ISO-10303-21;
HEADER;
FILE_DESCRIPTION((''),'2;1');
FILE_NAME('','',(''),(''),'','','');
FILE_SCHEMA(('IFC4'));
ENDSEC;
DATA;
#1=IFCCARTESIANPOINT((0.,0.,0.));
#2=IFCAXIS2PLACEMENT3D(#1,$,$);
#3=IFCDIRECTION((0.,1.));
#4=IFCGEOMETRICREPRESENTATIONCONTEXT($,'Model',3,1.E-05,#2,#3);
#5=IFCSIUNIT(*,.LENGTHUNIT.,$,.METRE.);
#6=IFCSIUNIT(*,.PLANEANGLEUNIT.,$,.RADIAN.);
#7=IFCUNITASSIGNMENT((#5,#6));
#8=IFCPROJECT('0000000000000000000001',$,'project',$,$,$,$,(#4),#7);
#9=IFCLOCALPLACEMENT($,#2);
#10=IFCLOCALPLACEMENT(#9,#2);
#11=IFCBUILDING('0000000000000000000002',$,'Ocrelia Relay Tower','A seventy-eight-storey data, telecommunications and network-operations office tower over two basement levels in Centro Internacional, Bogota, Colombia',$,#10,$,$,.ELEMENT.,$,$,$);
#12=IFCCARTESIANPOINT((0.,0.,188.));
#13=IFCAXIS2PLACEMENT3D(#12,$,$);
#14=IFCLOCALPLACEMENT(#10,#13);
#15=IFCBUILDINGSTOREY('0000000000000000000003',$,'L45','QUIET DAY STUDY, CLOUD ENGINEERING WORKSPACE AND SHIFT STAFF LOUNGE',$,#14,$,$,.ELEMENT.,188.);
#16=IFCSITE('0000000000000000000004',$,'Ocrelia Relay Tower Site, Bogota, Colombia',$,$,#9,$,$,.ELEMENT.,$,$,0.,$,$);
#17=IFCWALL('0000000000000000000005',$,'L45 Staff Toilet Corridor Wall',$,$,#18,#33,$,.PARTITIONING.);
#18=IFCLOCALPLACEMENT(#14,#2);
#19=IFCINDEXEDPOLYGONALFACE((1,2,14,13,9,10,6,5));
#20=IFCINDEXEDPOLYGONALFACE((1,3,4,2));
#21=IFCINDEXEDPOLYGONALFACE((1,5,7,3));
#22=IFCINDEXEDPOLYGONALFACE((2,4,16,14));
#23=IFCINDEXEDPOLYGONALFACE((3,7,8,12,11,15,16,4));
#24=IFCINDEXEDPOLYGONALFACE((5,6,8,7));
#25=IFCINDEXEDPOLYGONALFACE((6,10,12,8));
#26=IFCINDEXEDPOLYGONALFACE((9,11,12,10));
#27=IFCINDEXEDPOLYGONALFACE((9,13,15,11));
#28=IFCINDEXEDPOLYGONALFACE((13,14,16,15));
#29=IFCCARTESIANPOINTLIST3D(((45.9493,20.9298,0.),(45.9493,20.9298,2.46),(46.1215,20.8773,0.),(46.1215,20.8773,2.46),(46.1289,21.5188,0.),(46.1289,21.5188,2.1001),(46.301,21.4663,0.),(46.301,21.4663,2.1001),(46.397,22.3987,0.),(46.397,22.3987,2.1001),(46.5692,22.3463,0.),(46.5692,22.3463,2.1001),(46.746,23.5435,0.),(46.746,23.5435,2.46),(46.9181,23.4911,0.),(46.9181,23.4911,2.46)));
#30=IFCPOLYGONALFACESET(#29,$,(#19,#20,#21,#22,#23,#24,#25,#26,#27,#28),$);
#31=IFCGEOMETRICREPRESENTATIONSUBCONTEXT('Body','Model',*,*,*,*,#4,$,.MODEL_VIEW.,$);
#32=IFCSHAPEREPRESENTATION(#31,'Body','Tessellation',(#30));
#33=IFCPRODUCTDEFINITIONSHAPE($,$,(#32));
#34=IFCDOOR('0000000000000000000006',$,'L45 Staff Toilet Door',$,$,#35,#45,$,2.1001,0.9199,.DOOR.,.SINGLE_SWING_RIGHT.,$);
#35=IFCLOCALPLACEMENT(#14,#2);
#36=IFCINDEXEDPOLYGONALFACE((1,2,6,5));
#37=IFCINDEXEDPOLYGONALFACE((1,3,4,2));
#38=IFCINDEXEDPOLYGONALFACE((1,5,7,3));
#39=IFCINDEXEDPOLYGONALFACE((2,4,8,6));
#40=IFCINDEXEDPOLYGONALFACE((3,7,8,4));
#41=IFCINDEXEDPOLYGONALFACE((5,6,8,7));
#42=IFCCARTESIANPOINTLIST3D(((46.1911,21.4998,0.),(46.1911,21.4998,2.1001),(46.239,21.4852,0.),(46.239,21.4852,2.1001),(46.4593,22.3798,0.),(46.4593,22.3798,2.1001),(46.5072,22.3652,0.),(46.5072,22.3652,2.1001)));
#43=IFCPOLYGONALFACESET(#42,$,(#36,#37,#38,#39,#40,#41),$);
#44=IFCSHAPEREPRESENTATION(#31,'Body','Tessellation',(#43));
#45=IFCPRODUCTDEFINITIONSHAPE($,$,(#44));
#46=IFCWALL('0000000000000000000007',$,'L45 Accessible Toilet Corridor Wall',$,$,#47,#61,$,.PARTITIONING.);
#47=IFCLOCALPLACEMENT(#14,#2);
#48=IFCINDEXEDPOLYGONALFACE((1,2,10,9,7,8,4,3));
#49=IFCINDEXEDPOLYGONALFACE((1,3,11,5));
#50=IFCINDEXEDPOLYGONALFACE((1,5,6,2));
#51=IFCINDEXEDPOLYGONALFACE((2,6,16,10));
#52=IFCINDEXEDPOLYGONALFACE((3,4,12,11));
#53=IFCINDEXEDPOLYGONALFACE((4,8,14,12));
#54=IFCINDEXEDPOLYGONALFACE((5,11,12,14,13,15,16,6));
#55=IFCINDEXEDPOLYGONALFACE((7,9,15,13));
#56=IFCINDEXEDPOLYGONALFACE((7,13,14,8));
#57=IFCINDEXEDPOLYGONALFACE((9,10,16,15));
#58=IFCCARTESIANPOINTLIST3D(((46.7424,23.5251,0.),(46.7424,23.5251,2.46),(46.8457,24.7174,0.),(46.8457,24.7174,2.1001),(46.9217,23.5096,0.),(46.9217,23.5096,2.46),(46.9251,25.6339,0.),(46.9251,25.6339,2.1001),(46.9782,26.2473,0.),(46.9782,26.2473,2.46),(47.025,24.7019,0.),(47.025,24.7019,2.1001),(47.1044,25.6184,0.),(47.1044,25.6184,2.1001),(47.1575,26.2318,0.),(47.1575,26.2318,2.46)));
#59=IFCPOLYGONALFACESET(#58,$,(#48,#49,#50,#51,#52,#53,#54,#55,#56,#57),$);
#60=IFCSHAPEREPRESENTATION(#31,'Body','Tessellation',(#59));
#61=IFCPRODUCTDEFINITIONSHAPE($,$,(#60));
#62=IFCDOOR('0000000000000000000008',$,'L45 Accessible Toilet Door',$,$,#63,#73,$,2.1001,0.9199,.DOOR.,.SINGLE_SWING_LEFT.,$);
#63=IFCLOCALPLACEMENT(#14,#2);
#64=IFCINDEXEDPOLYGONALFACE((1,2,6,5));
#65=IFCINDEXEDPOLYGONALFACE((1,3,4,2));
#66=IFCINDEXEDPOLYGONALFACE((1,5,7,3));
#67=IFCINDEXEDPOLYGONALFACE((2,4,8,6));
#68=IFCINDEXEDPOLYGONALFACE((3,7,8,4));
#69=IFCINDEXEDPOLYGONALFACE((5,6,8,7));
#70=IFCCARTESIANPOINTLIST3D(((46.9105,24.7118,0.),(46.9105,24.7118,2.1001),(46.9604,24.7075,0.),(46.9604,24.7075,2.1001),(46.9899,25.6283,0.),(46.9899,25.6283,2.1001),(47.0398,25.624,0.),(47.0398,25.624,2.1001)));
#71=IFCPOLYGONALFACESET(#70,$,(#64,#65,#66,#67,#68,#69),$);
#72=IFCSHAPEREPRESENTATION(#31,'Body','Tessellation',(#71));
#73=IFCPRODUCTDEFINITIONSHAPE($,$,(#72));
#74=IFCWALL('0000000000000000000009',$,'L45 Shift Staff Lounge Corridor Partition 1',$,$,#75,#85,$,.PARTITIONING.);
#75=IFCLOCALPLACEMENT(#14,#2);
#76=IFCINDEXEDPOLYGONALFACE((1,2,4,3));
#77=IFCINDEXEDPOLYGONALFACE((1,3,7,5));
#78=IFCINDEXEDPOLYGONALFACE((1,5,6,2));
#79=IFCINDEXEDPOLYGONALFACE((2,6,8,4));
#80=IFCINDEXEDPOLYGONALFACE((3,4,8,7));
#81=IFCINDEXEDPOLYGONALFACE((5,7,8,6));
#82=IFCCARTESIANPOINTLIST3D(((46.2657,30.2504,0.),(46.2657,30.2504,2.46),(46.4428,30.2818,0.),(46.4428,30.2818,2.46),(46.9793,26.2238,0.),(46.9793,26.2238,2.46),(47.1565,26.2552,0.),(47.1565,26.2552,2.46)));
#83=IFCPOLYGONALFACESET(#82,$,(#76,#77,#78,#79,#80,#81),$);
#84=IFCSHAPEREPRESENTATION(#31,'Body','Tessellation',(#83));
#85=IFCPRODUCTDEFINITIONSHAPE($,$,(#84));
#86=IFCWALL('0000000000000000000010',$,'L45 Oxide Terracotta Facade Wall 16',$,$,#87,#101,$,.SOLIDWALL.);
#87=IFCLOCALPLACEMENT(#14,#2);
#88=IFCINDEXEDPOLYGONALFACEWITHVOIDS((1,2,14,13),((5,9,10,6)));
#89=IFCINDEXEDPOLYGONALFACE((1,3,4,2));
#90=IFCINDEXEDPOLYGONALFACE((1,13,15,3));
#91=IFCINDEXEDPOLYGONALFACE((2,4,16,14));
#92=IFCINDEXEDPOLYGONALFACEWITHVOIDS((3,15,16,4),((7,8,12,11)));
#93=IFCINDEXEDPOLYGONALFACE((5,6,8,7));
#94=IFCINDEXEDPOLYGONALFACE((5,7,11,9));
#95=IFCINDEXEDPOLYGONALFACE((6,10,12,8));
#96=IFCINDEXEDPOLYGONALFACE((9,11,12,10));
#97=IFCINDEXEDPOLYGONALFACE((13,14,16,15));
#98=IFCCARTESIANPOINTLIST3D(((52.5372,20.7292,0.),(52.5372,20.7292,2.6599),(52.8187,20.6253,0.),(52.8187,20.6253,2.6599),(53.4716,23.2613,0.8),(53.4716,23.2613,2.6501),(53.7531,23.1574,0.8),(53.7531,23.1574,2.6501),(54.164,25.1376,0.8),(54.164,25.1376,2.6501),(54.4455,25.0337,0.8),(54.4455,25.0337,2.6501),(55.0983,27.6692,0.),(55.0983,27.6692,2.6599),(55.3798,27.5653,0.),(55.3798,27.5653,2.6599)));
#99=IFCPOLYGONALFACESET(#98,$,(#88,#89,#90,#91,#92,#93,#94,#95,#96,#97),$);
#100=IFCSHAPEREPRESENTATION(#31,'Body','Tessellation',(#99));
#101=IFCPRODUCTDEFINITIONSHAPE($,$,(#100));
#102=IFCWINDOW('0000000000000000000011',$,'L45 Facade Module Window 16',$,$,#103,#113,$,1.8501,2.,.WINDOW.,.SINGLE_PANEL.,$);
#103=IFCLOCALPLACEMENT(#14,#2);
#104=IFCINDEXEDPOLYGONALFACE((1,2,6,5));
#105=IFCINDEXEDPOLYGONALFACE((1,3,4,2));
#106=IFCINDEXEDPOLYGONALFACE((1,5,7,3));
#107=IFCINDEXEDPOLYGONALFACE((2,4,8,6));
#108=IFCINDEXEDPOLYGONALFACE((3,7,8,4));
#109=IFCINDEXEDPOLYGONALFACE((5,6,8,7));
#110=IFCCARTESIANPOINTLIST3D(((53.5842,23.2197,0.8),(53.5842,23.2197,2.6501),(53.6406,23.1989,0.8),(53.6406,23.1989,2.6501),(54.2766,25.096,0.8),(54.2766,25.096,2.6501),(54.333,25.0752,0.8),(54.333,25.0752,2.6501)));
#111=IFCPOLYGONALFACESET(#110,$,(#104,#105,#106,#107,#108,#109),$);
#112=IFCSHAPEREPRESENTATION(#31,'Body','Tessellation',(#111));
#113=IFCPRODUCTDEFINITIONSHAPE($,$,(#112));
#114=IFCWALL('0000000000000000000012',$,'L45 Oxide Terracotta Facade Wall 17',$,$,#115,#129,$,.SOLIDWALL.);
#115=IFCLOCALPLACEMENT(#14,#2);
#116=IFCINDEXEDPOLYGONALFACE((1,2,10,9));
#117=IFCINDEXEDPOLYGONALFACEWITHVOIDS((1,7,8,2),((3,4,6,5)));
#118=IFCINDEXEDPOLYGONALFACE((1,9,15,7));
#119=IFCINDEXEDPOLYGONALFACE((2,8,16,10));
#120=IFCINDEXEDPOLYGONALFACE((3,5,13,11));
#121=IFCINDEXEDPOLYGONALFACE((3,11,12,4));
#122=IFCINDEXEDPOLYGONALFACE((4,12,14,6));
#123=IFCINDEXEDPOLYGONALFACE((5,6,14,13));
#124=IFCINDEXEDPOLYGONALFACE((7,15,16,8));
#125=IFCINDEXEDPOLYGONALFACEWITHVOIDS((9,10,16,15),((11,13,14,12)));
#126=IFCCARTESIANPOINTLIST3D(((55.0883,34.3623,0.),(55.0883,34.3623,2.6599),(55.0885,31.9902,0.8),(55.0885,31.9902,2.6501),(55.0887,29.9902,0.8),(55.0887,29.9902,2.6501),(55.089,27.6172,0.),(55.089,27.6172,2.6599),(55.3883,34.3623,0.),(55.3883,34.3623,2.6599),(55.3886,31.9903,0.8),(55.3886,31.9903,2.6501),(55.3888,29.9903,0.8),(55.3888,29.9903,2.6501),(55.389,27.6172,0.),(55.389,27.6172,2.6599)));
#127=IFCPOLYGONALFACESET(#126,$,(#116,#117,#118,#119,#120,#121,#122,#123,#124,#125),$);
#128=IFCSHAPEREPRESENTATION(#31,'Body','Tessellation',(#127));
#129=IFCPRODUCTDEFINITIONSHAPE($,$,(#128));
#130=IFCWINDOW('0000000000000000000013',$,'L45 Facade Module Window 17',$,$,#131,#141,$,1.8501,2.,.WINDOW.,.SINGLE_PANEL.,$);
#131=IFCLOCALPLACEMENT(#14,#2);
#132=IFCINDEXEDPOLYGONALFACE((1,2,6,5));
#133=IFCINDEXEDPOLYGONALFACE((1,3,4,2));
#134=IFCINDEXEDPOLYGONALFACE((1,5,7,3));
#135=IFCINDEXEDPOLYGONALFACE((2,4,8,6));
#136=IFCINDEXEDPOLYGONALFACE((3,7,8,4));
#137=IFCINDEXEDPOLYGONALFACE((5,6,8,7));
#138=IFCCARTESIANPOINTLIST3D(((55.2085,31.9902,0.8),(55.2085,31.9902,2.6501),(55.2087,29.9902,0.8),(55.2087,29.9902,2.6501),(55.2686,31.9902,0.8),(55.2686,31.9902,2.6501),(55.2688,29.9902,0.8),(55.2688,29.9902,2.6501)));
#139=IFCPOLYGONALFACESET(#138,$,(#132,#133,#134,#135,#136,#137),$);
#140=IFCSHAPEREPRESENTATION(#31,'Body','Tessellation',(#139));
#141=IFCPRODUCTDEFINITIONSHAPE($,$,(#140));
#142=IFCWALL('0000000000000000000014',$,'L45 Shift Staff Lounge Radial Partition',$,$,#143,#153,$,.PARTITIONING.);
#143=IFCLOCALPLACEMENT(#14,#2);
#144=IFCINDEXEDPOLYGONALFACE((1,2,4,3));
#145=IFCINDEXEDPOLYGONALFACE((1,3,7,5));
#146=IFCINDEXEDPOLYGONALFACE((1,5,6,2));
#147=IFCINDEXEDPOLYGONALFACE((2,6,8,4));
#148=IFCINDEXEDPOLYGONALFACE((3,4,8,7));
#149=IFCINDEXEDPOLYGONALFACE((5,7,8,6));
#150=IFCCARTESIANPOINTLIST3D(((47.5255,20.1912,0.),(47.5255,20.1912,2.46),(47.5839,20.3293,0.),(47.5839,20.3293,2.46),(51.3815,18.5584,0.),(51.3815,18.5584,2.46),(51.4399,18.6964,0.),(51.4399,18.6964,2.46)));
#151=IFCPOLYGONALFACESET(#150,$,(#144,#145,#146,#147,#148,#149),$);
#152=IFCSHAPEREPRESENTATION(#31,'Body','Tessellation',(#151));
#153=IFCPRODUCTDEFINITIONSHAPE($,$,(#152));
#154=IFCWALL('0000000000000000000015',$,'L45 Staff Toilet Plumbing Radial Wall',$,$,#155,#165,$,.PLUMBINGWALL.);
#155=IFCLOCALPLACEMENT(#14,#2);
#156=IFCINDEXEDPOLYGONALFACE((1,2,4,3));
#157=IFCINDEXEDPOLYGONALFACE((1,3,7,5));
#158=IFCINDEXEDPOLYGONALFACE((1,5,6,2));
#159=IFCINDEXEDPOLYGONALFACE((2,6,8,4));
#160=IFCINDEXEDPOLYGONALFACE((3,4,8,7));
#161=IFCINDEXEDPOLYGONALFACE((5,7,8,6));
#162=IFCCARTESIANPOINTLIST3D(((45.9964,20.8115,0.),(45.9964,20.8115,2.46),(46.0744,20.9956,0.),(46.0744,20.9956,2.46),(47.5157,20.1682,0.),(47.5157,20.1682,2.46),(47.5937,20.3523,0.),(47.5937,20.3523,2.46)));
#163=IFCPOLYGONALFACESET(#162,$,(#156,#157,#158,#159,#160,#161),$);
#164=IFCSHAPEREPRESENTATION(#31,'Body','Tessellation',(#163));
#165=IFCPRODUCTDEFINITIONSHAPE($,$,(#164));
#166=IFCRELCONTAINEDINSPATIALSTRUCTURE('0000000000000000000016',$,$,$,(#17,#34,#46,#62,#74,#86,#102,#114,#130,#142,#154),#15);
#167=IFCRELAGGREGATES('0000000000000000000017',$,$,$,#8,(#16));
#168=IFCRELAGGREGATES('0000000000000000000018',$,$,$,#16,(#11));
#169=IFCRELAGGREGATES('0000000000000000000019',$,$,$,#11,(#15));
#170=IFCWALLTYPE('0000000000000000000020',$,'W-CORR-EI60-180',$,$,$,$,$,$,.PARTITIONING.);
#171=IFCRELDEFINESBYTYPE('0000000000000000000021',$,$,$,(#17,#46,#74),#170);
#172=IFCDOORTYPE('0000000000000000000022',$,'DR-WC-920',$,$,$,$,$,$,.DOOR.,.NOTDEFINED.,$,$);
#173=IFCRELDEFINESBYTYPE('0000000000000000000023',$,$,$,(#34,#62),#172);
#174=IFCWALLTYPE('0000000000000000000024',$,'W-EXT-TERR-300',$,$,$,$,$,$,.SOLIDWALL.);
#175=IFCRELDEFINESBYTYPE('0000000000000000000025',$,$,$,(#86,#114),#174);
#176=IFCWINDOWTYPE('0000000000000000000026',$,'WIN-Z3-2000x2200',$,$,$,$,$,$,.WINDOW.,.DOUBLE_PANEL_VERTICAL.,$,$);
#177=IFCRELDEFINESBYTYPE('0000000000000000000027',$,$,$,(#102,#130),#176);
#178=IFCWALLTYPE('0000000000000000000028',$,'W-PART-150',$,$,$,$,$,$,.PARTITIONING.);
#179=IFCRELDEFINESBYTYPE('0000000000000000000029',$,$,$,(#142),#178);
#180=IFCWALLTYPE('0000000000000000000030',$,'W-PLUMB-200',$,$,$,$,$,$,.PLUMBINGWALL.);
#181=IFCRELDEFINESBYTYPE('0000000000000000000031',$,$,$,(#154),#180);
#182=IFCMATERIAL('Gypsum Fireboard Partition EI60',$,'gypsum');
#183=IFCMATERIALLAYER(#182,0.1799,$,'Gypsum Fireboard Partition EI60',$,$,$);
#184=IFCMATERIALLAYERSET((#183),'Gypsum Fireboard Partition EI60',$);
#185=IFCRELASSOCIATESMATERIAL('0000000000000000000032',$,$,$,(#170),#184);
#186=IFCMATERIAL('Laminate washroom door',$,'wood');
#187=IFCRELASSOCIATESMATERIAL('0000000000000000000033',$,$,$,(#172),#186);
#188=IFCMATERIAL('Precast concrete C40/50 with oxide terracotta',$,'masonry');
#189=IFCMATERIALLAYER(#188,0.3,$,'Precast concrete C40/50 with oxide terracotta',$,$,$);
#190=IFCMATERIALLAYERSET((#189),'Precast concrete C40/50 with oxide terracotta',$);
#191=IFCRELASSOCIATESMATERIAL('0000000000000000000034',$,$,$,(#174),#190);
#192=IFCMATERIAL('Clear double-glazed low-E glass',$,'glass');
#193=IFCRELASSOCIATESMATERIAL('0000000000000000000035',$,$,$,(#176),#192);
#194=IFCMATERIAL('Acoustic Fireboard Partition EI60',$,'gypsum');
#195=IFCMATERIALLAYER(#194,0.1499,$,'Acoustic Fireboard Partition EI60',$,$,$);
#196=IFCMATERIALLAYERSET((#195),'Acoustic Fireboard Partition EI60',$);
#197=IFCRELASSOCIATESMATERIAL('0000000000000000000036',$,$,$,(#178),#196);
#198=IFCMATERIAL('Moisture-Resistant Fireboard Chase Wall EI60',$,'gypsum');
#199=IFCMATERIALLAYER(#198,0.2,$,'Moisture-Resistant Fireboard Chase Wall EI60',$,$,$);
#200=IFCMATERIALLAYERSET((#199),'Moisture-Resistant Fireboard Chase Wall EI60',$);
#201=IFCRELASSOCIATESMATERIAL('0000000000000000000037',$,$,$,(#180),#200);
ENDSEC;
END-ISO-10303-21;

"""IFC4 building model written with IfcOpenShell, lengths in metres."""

from ifc_helpers import new_model, si_unit, direction, frame, frame_2d, origin, place, context, subcontext, project, spatial, rectangle, extrude, material, layer, layer_set, type_object, element, fill, save


model = new_model("IFC4")

# Units and contexts
model_context = context("Model", 3, precision=1e-05, world=origin(), true_north=direction((0.0, 1.0)))
body_context = subcontext(model_context, "Body", "Model", "MODEL_VIEW")
ifc_project = project(units=[si_unit("LENGTHUNIT", "METRE"), si_unit("PLANEANGLEUNIT", "RADIAN")], contexts=[model_context])

# Site, building, storey
site_placement = place(None, origin())
site = spatial("IfcSite", under=ifc_project, at=site_placement, Name="Ocrelia Relay Tower Site, Bogota, Colombia", CompositionType="ELEMENT", RefElevation=0.0)
building_placement = place(site_placement, origin())
building = spatial("IfcBuilding", under=site, at=building_placement, Name="Ocrelia Relay Tower", Description="A seventy-eight-storey data, telecommunications and network-operations office tower over two basement levels in Centro Internacional, Bogota, Colombia", CompositionType="ELEMENT")
storey_placement = place(building_placement, frame((0.0, 0.0, 188.0)))
storey = spatial("IfcBuildingStorey", under=building, at=storey_placement, Name="L45", Description="QUIET DAY STUDY, CLOUD ENGINEERING WORKSPACE AND SHIFT STAFF LOUNGE", CompositionType="ELEMENT", Elevation=188.0)

# Walls, openings, doors
ifc_material_1 = material(Name="Gypsum Fireboard Partition EI60", Category="gypsum")
ifc_layer_1 = layer(ifc_material_1, 0.1799, Name="Gypsum Fireboard Partition EI60")
ifc_layer_set_1 = layer_set([ifc_layer_1], Name="Gypsum Fireboard Partition EI60")
wall_type_1 = type_object("IfcWallType", Name="W-CORR-EI60-180", PredefinedType="PARTITIONING", material=ifc_layer_set_1)
wall_1_placement = place(storey_placement, frame((46.0354, 20.9036, 0.0), z_axis=(0.0, 0.0, 1.0), x_axis=(0.291542, 0.956558, 0.0)))
wall_1 = element("IfcWall", 1, at=wall_1_placement, inside=storey, type_object=wall_type_1, Name="L45 Staff Toilet Corridor Wall", PredefinedType="PARTITIONING", context=body_context, shape_type="SweptSolid", body=[
    extrude(rectangle(XDim=2.7324, YDim=0.1799, at=frame_2d((1.3662, 0.0))), origin(), (0.0, 0.0, 1.0), 2.46),
])
opening_1_placement = place(wall_1_placement, frame((0.6157, 0.0, 0.0)))
opening_1 = element("IfcOpeningElement", 2, at=opening_1_placement, cuts=wall_1, PredefinedType="OPENING", context=body_context, shape_type="SweptSolid", body=[
    extrude(rectangle(XDim=0.9199, YDim=2.1001, at=frame_2d((0.46, 1.05))), frame((0.0, 0.1001, 0.0), z_axis=(0.0, -1.0, 0.0), x_axis=(1.0, 0.0, 0.0)), (0.0, 0.0, 1.0), 0.2),
])
ifc_material_2 = material(Name="Laminate washroom door", Category="wood")
door_type = type_object("IfcDoorType", Name="DR-WC-920", OperationType="NOTDEFINED", PredefinedType="DOOR", material=ifc_material_2)
door_1_placement = place(opening_1_placement, origin())
door_1 = element("IfcDoor", 3, at=door_1_placement, inside=storey, type_object=door_type, Name="L45 Staff Toilet Door", OperationType="SINGLE_SWING_RIGHT", OverallHeight=2.1001, OverallWidth=0.9199, PredefinedType="DOOR", context=body_context, shape_type="SweptSolid", body=[
    extrude(rectangle(XDim=0.9199, YDim=2.1001, at=frame_2d((0.46, 1.05))), frame((0.0, 0.0249, 0.0), z_axis=(0.0, -1.0, 0.0), x_axis=(1.0, 0.0, 0.0)), (0.0, 0.0, 1.0), 0.05),
])
fill(opening_1, door_1)
wall_2_placement = place(storey_placement, frame((46.832, 23.5173, 0.0), z_axis=(0.0, 0.0, 1.0), x_axis=(0.086313, 0.996268, 0.0)))
wall_2 = element("IfcWall", 4, at=wall_2_placement, inside=storey, type_object=wall_type_1, Name="L45 Accessible Toilet Corridor Wall", PredefinedType="PARTITIONING", context=body_context, shape_type="SweptSolid", body=[
    extrude(rectangle(XDim=2.7324, YDim=0.1799, at=frame_2d((1.3662, 0.0))), origin(), (0.0, 0.0, 1.0), 2.46),
])
opening_2_placement = place(wall_2_placement, frame((1.1968, 0.0, 0.0)))
opening_2 = element("IfcOpeningElement", 5, at=opening_2_placement, cuts=wall_2, PredefinedType="OPENING", context=body_context, shape_type="SweptSolid", body=[
    extrude(rectangle(XDim=0.9199, YDim=2.1001, at=frame_2d((0.46, 1.05))), frame((0.0, 0.1001, 0.0), z_axis=(0.0, -1.0, 0.0), x_axis=(1.0, 0.0, 0.0)), (0.0, 0.0, 1.0), 0.2),
])
door_2_placement = place(opening_2_placement, origin())
door_2 = element("IfcDoor", 6, at=door_2_placement, inside=storey, type_object=door_type, Name="L45 Accessible Toilet Door", OperationType="SINGLE_SWING_LEFT", OverallHeight=2.1001, OverallWidth=0.9199, PredefinedType="DOOR", context=body_context, shape_type="SweptSolid", body=[
    extrude(rectangle(XDim=0.9199, YDim=2.1001, at=frame_2d((0.46, 1.05))), frame((0.0, 0.0249, 0.0), z_axis=(0.0, -1.0, 0.0), x_axis=(1.0, 0.0, 0.0)), (0.0, 0.0, 1.0), 0.05),
])
fill(opening_2, door_2)

# Wall
wall_3_placement = place(storey_placement, frame((47.0679, 26.2395, 0.0), z_axis=(0.0, 0.0, 1.0), x_axis=(-0.174507, 0.984656, 0.0)))
element("IfcWall", 7, at=wall_3_placement, inside=storey, type_object=wall_type_1, Name="L45 Shift Staff Lounge Corridor Partition 1", PredefinedType="PARTITIONING", context=body_context, shape_type="SweptSolid", body=[
    extrude(rectangle(XDim=4.0894, YDim=0.1799, at=frame_2d((2.0447, 0.0))), origin(), (0.0, 0.0, 1.0), 2.46),
])

# Walls, openings, windows
ifc_material_3 = material(Name="Precast concrete C40/50 with oxide terracotta", Category="masonry")
ifc_layer_2 = layer(ifc_material_3, 0.3, Name="Precast concrete C40/50 with oxide terracotta")
ifc_layer_set_2 = layer_set([ifc_layer_2], Name="Precast concrete C40/50 with oxide terracotta")
wall_type_2 = type_object("IfcWallType", Name="W-EXT-TERR-300", PredefinedType="SOLIDWALL", material=ifc_layer_set_2)
wall_4_placement = place(storey_placement, frame((52.678, 20.6772, 0.0), z_axis=(0.0, 0.0, 1.0), x_axis=(0.346207, 0.938158, 0.0)))
wall_4 = element("IfcWall", 8, at=wall_4_placement, inside=storey, type_object=wall_type_2, Name="L45 Oxide Terracotta Facade Wall 16", PredefinedType="SOLIDWALL", context=body_context, shape_type="SweptSolid", body=[
    extrude(rectangle(XDim=7.3975, YDim=0.3, at=frame_2d((3.6987, 0.0))), origin(), (0.0, 0.0, 1.0), 2.6599),
])
opening_3_placement = place(wall_4_placement, frame((2.699, 0.0, 0.8)))
opening_3 = element("IfcOpeningElement", 9, at=opening_3_placement, cuts=wall_4, PredefinedType="OPENING", context=body_context, shape_type="SweptSolid", body=[
    extrude(rectangle(XDim=2.0, YDim=1.8501, at=frame_2d((1.0, 0.925))), frame((0.0, 0.1602, 0.0), z_axis=(0.0, -1.0, 0.0), x_axis=(1.0, 0.0, 0.0)), (0.0, 0.0, 1.0), 0.3201),
])
ifc_material_4 = material(Name="Clear double-glazed low-E glass", Category="glass")
window_type = type_object("IfcWindowType", Name="WIN-Z3-2000x2200", PartitioningType="DOUBLE_PANEL_VERTICAL", PredefinedType="WINDOW", material=ifc_material_4)
window_1_placement = place(opening_3_placement, origin())
window_1 = element("IfcWindow", 10, at=window_1_placement, inside=storey, type_object=window_type, Name="L45 Facade Module Window 16", OverallHeight=1.8501, OverallWidth=2.0, PartitioningType="SINGLE_PANEL", PredefinedType="WINDOW", context=body_context, shape_type="SweptSolid", body=[
    extrude(rectangle(XDim=2.0, YDim=1.8501, at=frame_2d((1.0, 0.925))), frame((0.0, 0.03, 0.0), z_axis=(0.0, -1.0, 0.0), x_axis=(1.0, 0.0, 0.0)), (0.0, 0.0, 1.0), 0.0601),
])
fill(opening_3, window_1)
wall_5_placement = place(storey_placement, frame((55.239, 27.6172, 0.0), z_axis=(0.0, 0.0, 1.0), x_axis=(-0.000109, 1.0, 0.0)))
wall_5 = element("IfcWall", 11, at=wall_5_placement, inside=storey, type_object=wall_type_2, Name="L45 Oxide Terracotta Facade Wall 17", PredefinedType="SOLIDWALL", context=body_context, shape_type="SweptSolid", body=[
    extrude(rectangle(XDim=6.7451, YDim=0.3, at=frame_2d((3.3726, 0.0))), origin(), (0.0, 0.0, 1.0), 2.6599),
])
opening_4_placement = place(wall_5_placement, frame((2.373, 0.0, 0.8)))
opening_4 = element("IfcOpeningElement", 12, at=opening_4_placement, cuts=wall_5, PredefinedType="OPENING", context=body_context, shape_type="SweptSolid", body=[
    extrude(rectangle(XDim=2.0, YDim=1.8501, at=frame_2d((1.0, 0.925))), frame((0.0, 0.1602, 0.0), z_axis=(0.0, -1.0, 0.0), x_axis=(1.0, 0.0, 0.0)), (0.0, 0.0, 1.0), 0.3201),
])
window_2_placement = place(opening_4_placement, origin())
window_2 = element("IfcWindow", 13, at=window_2_placement, inside=storey, type_object=window_type, Name="L45 Facade Module Window 17", OverallHeight=1.8501, OverallWidth=2.0, PartitioningType="SINGLE_PANEL", PredefinedType="WINDOW", context=body_context, shape_type="SweptSolid", body=[
    extrude(rectangle(XDim=2.0, YDim=1.8501, at=frame_2d((1.0, 0.925))), frame((0.0, 0.03, 0.0), z_axis=(0.0, -1.0, 0.0), x_axis=(1.0, 0.0, 0.0)), (0.0, 0.0, 1.0), 0.0601),
])
fill(opening_4, window_2)

# Walls
ifc_material_5 = material(Name="Acoustic Fireboard Partition EI60", Category="gypsum")
ifc_layer_3 = layer(ifc_material_5, 0.1499, Name="Acoustic Fireboard Partition EI60")
ifc_layer_set_3 = layer_set([ifc_layer_3], Name="Acoustic Fireboard Partition EI60")
wall_type_3 = type_object("IfcWallType", Name="W-PART-150", PredefinedType="PARTITIONING", material=ifc_layer_set_3)
wall_6_placement = place(storey_placement, frame((47.5547, 20.2603, 0.0), z_axis=(0.0, 0.0, 1.0), x_axis=(0.920843, -0.389933, 0.0)))
element("IfcWall", 14, at=wall_6_placement, inside=storey, type_object=wall_type_3, Name="L45 Shift Staff Lounge Radial Partition", PredefinedType="PARTITIONING", context=body_context, shape_type="SweptSolid", body=[
    extrude(rectangle(XDim=4.1875, YDim=0.1499, at=frame_2d((2.0938, 0.0))), origin(), (0.0, 0.0, 1.0), 2.46),
])
ifc_material_6 = material(Name="Moisture-Resistant Fireboard Chase Wall EI60", Category="gypsum")
ifc_layer_4 = layer(ifc_material_6, 0.2, Name="Moisture-Resistant Fireboard Chase Wall EI60")
ifc_layer_set_4 = layer_set([ifc_layer_4], Name="Moisture-Resistant Fireboard Chase Wall EI60")
wall_type_4 = type_object("IfcWallType", Name="W-PLUMB-200", PredefinedType="PLUMBINGWALL", material=ifc_layer_set_4)
for number, where, z_axis, x_axis, name in (
    (15, (46.0354, 20.9036, 0.0), (0.0, 0.0, 1.0), (0.920851, -0.389915, 0.0), "L45 Staff Toilet Plumbing Radial Wall"),
):
    element("IfcWall", number, at=place(storey_placement, frame(where, z_axis=z_axis, x_axis=x_axis)), inside=storey, type_object=wall_type_4, Name=name, PredefinedType="PLUMBINGWALL", context=body_context, shape_type="SweptSolid", body=[
        extrude(rectangle(XDim=1.6499, YDim=0.2, at=frame_2d((0.825, 0.0))), origin(), (0.0, 0.0, 1.0), 2.46),
    ])

save(model, "model.ifc")
